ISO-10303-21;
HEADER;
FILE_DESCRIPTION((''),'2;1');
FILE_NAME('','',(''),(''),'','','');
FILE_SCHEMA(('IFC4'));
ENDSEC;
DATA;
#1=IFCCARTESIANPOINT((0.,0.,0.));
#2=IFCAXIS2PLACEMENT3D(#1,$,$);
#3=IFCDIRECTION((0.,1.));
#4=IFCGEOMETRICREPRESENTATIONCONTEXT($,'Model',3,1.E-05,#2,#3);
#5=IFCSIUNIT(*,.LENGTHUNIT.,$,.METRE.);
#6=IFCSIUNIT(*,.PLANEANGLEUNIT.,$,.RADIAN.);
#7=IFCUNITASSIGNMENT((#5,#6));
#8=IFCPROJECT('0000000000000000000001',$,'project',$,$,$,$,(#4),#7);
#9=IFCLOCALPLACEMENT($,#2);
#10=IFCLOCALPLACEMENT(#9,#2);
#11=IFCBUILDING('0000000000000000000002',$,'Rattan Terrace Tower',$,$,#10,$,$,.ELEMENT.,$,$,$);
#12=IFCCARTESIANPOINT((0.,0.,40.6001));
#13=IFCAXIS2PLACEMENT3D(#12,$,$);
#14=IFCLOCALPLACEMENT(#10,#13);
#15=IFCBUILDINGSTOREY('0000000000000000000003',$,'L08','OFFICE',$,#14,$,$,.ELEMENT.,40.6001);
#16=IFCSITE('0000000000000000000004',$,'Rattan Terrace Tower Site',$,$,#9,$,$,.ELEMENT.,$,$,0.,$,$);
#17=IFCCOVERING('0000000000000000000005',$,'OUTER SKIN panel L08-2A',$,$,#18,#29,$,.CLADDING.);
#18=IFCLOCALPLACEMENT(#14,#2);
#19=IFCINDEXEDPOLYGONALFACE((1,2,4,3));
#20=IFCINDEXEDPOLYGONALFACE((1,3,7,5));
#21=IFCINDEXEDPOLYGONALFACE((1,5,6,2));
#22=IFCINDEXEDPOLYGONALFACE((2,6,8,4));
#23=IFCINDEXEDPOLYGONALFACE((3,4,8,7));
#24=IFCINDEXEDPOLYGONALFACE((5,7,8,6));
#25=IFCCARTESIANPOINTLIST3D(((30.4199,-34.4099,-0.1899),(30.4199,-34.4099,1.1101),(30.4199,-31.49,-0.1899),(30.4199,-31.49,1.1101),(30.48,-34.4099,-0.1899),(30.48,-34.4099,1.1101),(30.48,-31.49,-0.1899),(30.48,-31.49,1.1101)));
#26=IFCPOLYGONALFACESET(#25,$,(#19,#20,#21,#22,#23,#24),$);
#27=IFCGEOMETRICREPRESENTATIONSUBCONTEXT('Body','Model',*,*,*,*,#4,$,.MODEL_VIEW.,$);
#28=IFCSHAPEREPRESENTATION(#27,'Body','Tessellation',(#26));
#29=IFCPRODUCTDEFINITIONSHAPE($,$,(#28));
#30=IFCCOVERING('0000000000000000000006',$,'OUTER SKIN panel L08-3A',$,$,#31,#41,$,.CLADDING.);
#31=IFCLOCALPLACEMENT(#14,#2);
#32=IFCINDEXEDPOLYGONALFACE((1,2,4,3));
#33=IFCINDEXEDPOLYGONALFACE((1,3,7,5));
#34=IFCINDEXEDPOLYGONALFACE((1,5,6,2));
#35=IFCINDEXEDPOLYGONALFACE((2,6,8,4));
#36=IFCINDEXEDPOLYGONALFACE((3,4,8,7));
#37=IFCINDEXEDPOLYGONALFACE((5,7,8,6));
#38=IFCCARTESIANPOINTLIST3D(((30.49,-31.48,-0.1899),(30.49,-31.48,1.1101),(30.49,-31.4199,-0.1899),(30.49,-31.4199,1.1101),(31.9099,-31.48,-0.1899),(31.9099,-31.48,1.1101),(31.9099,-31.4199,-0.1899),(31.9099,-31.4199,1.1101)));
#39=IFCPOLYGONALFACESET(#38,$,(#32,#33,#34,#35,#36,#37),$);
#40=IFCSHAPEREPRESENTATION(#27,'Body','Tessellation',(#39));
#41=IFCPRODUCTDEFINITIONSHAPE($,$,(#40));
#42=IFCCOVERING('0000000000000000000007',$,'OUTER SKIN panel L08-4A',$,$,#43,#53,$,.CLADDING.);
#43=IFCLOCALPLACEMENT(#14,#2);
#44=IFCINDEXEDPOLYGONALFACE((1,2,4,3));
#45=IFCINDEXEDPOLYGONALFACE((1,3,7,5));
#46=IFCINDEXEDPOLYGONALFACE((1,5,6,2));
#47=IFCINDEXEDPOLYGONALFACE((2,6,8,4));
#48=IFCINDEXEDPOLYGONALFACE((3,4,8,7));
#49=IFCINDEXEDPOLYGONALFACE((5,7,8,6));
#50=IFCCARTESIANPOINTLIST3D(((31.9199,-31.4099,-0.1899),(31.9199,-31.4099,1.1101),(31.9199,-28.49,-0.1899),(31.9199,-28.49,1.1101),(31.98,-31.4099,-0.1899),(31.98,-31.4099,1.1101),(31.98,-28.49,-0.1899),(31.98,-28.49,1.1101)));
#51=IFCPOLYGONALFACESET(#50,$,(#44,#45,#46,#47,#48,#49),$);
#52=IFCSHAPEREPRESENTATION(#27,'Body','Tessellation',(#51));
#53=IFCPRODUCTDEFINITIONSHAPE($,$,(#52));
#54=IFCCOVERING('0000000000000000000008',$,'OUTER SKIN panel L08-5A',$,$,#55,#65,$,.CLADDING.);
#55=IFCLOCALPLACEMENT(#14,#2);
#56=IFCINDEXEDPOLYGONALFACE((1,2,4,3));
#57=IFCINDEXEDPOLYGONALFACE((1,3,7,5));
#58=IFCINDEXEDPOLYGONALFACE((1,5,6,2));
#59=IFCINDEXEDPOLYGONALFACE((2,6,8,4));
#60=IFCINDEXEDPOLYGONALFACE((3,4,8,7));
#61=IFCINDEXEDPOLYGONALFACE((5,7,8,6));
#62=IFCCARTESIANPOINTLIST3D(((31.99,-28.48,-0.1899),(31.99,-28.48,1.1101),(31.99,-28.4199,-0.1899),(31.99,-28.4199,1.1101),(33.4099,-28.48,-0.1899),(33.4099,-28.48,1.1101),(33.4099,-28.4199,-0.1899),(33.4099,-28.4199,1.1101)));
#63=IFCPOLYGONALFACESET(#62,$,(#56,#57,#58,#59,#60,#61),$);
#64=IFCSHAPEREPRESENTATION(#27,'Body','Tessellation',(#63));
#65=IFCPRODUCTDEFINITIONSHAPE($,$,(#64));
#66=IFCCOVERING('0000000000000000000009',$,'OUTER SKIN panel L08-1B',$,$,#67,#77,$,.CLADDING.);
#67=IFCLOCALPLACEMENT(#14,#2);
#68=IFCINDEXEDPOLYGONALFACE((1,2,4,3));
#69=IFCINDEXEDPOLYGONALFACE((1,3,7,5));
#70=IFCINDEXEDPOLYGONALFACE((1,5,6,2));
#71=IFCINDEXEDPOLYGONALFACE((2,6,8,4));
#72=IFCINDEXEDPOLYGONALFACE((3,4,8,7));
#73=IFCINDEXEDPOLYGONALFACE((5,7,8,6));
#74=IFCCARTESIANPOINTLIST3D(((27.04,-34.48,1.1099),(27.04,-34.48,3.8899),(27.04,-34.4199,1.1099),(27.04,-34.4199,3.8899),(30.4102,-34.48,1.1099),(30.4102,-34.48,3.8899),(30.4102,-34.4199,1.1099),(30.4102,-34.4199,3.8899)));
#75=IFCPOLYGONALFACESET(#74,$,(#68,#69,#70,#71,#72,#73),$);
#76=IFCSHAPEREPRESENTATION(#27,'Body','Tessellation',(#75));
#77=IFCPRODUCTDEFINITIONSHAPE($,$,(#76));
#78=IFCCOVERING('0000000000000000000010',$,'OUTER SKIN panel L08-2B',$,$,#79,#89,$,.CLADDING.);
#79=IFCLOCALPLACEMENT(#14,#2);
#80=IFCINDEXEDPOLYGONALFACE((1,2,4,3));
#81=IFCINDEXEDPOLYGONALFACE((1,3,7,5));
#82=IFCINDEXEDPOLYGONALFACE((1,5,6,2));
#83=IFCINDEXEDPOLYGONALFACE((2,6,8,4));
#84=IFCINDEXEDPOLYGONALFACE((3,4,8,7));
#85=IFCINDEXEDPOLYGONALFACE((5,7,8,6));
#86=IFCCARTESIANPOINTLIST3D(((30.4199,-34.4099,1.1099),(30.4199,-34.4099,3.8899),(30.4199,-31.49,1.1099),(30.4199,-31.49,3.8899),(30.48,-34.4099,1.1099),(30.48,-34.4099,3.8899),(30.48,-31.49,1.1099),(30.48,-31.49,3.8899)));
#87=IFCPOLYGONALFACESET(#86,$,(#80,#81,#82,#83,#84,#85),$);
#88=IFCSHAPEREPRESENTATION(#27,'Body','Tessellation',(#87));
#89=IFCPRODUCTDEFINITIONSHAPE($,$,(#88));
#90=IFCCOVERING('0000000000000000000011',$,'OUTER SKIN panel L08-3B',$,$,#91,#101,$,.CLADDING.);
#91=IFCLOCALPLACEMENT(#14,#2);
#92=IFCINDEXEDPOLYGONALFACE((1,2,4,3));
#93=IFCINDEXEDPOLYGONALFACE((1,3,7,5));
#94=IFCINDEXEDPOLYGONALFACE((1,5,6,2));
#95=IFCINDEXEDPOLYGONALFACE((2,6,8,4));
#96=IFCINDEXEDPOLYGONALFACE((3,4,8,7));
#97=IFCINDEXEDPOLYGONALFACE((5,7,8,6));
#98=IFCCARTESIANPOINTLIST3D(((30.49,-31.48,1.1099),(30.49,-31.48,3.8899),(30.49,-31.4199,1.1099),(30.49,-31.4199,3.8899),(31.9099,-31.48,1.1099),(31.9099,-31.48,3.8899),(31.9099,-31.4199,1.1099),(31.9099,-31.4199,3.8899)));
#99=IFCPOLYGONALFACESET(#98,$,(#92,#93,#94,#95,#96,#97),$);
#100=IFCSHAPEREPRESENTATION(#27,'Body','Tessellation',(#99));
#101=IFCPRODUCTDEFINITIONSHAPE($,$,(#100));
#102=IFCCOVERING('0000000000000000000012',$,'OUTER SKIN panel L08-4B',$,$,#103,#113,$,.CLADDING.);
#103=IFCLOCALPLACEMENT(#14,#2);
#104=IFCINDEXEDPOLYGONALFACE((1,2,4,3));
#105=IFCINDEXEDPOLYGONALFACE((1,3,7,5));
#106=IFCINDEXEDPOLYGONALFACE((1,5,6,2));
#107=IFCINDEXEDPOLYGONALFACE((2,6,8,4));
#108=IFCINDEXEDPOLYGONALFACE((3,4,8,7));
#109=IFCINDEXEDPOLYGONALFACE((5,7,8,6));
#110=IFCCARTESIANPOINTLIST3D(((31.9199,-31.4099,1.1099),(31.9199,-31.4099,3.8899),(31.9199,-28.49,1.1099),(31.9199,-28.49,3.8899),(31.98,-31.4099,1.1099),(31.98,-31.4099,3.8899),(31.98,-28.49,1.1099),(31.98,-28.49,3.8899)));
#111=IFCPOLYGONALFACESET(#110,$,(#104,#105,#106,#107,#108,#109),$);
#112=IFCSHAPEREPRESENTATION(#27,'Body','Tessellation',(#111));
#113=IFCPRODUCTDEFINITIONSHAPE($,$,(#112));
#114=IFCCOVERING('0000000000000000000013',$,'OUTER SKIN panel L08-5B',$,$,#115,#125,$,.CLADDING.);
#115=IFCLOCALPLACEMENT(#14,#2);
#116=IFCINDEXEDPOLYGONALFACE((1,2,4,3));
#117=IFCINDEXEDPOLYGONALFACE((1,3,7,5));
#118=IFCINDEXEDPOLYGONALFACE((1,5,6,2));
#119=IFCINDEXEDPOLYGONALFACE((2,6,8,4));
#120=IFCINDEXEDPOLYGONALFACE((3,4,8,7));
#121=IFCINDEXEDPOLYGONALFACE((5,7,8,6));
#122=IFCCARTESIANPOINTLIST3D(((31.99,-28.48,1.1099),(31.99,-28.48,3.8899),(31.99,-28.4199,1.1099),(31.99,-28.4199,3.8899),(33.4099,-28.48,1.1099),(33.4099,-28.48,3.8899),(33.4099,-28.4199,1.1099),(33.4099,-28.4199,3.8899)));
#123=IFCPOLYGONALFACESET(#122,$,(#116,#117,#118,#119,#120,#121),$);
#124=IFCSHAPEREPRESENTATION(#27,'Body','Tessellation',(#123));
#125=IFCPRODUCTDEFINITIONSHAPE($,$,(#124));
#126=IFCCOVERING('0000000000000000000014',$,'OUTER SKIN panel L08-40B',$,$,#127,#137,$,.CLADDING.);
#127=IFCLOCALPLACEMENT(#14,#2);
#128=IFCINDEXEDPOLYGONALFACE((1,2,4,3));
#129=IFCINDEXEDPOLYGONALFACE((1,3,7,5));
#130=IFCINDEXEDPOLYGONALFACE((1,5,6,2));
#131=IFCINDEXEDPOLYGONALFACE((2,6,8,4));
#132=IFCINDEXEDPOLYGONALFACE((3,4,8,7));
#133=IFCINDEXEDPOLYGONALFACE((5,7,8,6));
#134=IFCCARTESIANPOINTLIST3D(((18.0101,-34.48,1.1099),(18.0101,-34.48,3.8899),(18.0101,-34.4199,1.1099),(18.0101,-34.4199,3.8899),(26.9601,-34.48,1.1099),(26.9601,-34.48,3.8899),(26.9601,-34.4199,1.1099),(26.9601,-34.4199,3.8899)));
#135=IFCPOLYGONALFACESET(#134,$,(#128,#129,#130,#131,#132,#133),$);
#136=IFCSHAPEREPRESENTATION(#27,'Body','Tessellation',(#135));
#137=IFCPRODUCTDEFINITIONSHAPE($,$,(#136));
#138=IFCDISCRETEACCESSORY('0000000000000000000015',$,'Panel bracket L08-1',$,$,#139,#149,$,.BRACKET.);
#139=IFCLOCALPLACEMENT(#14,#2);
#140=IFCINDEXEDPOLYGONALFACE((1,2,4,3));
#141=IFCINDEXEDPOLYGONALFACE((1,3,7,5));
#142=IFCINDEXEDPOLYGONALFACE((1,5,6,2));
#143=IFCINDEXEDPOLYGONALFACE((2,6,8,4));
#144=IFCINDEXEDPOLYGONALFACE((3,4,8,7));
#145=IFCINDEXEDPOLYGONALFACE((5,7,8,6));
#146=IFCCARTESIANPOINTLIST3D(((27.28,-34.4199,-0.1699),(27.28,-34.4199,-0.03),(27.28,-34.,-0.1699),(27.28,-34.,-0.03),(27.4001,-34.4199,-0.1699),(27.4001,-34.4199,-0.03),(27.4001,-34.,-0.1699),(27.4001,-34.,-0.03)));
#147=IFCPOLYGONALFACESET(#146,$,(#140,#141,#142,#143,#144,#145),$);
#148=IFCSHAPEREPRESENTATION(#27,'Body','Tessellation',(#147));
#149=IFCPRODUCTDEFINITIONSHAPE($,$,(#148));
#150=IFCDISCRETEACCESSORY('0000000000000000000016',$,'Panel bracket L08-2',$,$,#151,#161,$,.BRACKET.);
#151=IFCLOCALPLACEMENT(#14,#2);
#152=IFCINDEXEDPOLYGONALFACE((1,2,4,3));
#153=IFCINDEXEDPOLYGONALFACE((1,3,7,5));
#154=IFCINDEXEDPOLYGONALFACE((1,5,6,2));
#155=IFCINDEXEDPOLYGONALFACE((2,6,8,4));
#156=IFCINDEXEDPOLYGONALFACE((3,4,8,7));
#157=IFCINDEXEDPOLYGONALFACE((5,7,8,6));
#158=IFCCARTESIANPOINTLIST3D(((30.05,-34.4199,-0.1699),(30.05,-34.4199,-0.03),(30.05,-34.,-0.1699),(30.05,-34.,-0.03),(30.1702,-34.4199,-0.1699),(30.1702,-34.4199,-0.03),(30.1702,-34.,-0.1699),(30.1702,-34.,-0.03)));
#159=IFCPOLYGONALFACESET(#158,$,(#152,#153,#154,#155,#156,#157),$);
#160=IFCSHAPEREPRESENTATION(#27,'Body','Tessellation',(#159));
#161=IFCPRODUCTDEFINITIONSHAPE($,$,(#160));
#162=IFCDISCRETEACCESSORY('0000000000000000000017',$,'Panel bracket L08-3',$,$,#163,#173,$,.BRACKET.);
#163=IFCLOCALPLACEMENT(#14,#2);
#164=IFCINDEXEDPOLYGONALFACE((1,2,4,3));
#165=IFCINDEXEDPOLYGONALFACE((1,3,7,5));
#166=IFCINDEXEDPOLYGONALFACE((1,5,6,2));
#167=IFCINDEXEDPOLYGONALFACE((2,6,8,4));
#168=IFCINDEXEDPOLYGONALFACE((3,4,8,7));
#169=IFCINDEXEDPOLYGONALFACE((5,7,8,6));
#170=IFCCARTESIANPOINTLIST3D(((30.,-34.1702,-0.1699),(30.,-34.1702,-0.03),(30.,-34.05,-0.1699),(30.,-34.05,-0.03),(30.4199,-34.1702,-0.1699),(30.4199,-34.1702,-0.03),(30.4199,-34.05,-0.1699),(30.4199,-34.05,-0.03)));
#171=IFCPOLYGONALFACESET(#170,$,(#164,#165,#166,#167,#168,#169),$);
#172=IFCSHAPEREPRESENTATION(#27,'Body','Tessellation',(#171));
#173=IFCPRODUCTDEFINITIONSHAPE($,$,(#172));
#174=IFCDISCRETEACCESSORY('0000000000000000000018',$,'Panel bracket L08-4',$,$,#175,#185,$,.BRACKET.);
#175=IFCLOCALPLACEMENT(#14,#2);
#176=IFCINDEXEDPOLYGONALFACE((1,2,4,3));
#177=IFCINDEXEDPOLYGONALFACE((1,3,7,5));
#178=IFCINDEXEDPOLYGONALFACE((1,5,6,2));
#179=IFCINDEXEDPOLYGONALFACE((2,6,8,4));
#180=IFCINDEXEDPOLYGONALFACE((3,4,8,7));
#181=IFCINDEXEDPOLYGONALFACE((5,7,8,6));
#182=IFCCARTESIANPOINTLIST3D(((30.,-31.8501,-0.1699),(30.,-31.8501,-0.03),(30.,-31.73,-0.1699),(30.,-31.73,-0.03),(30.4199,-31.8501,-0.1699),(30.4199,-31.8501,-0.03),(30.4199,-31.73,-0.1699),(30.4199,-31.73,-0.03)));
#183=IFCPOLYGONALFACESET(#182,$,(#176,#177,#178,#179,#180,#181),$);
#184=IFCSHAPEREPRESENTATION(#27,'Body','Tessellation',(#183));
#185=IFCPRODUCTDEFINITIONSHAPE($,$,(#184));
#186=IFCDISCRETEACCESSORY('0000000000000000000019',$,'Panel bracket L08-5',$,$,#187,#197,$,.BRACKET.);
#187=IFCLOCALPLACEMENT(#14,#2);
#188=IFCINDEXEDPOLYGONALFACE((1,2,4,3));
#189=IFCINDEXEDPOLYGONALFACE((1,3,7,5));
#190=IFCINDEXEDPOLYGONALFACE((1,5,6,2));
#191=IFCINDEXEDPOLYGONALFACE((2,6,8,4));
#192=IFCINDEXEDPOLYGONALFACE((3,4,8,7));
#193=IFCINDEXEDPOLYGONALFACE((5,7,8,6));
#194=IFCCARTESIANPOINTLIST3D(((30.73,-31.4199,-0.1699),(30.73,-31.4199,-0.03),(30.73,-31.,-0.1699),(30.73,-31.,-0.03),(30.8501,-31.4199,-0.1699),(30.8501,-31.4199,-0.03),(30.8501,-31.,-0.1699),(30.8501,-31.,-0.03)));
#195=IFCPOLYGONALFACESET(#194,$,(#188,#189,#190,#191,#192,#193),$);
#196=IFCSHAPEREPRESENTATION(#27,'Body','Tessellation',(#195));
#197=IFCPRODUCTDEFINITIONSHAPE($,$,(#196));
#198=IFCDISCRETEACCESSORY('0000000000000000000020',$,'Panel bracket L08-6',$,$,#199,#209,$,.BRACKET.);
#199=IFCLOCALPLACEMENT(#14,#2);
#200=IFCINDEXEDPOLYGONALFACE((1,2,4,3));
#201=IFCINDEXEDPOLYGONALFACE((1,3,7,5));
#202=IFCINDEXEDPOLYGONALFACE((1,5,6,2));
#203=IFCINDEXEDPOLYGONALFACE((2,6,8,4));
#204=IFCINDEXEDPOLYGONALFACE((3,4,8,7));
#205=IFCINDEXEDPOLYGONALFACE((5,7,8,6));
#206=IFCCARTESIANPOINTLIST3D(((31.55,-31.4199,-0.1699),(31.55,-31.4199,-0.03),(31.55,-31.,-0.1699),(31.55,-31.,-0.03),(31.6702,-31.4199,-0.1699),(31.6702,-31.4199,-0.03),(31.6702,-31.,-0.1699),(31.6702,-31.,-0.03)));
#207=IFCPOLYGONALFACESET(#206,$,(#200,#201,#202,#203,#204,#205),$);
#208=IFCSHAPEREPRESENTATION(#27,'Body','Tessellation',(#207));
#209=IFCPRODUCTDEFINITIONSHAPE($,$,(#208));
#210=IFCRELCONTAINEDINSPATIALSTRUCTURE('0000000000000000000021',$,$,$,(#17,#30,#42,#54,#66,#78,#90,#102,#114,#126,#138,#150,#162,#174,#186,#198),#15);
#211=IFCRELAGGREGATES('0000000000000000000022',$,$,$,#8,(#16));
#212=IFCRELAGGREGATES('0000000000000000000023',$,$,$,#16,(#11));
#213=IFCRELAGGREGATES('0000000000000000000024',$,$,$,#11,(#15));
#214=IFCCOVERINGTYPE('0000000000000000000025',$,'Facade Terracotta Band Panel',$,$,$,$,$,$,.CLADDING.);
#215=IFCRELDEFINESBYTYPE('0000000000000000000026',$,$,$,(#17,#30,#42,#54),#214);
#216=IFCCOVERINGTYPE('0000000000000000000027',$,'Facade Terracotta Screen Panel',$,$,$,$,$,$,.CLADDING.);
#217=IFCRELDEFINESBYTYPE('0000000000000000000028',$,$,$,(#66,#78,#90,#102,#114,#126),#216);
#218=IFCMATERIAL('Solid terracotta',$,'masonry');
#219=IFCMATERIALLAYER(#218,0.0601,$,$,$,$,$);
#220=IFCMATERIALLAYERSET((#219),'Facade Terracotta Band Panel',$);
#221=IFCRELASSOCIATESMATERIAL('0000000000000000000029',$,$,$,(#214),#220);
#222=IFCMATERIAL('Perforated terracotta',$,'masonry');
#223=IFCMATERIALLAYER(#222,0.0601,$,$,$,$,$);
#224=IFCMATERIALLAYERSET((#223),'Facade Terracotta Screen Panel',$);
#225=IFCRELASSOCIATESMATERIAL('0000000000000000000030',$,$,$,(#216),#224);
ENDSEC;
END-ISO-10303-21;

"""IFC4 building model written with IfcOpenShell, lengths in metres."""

from ifc_helpers import new_model, si_unit, direction, frame, origin, origin_2d, place, context, subcontext, project, spatial, rectangle, extrude, material, layer, layer_set, type_object, element, save


model = new_model("IFC4")

# Units and contexts
model_context = context("Model", 3, precision=1e-05, world=origin(), true_north=direction((0.0, 1.0)))
body_context = subcontext(model_context, "Body", "Model", "MODEL_VIEW")
ifc_project = project(units=[si_unit("LENGTHUNIT", "METRE"), si_unit("PLANEANGLEUNIT", "RADIAN")], contexts=[model_context])

# Site, building, storey
site_placement = place(None, origin())
site = spatial("IfcSite", under=ifc_project, at=site_placement, Name="Rattan Terrace Tower Site", CompositionType="ELEMENT", RefElevation=0.0)
building_placement = place(site_placement, origin())
building = spatial("IfcBuilding", under=site, at=building_placement, Name="Rattan Terrace Tower", CompositionType="ELEMENT")
storey_placement = place(building_placement, frame((0.0, 0.0, 40.6001)))
storey = spatial("IfcBuildingStorey", under=building, at=storey_placement, Name="L08", Description="OFFICE", CompositionType="ELEMENT", Elevation=40.6001)

# Coverings
ifc_material_1 = material(Name="Solid terracotta", Category="masonry")
ifc_layer_1 = layer(ifc_material_1, 0.0601)
ifc_layer_set_1 = layer_set([ifc_layer_1], Name="Facade Terracotta Band Panel")
covering_type_1 = type_object("IfcCoveringType", Name="Facade Terracotta Band Panel", PredefinedType="CLADDING", material=ifc_layer_set_1)
covering_1_placement = place(storey_placement, frame((30.45, -32.95, -0.1899), z_axis=(0.0, 0.0, 1.0), x_axis=(0.0, 1.0, 0.0)))
element("IfcCovering", 1, at=covering_1_placement, inside=storey, type_object=covering_type_1, Name="OUTER SKIN panel L08-2A", PredefinedType="CLADDING", context=body_context, shape_type="SweptSolid", body=[
    extrude(rectangle(XDim=2.9199, YDim=0.0601, at=origin_2d()), origin(), (0.0, 0.0, 1.0), 1.3),
])
covering_2_placement = place(storey_placement, frame((31.2, -31.45, -0.1899), z_axis=(0.0, 0.0, 1.0), x_axis=(1.0, 0.0, 0.0)))
element("IfcCovering", 2, at=covering_2_placement, inside=storey, type_object=covering_type_1, Name="OUTER SKIN panel L08-3A", PredefinedType="CLADDING", context=body_context, shape_type="SweptSolid", body=[
    extrude(rectangle(XDim=1.4199, YDim=0.0601, at=origin_2d()), origin(), (0.0, 0.0, 1.0), 1.3),
])
covering_3_placement = place(storey_placement, frame((31.95, -29.95, -0.1899), z_axis=(0.0, 0.0, 1.0), x_axis=(0.0, 1.0, 0.0)))
element("IfcCovering", 3, at=covering_3_placement, inside=storey, type_object=covering_type_1, Name="OUTER SKIN panel L08-4A", PredefinedType="CLADDING", context=body_context, shape_type="SweptSolid", body=[
    extrude(rectangle(XDim=2.9199, YDim=0.0601, at=origin_2d()), origin(), (0.0, 0.0, 1.0), 1.3),
])
covering_4_placement = place(storey_placement, frame((32.7, -28.45, -0.1899), z_axis=(0.0, 0.0, 1.0), x_axis=(1.0, 0.0, 0.0)))
element("IfcCovering", 4, at=covering_4_placement, inside=storey, type_object=covering_type_1, Name="OUTER SKIN panel L08-5A", PredefinedType="CLADDING", context=body_context, shape_type="SweptSolid", body=[
    extrude(rectangle(XDim=1.4199, YDim=0.0601, at=origin_2d()), origin(), (0.0, 0.0, 1.0), 1.3),
])
ifc_material_2 = material(Name="Perforated terracotta", Category="masonry")
ifc_layer_2 = layer(ifc_material_2, 0.0601)
ifc_layer_set_2 = layer_set([ifc_layer_2], Name="Facade Terracotta Screen Panel")
covering_type_2 = type_object("IfcCoveringType", Name="Facade Terracotta Screen Panel", PredefinedType="CLADDING", material=ifc_layer_set_2)
covering_5_placement = place(storey_placement, frame((28.7251, -34.45, 1.1099), z_axis=(0.0, 0.0, 1.0), x_axis=(1.0, 0.0, 0.0)))
element("IfcCovering", 5, at=covering_5_placement, inside=storey, type_object=covering_type_2, Name="OUTER SKIN panel L08-1B", PredefinedType="CLADDING", context=body_context, shape_type="SweptSolid", body=[
    extrude(rectangle(XDim=3.3701, YDim=0.0601, at=origin_2d()), origin(), (0.0, 0.0, 1.0), 2.78),
])
covering_6_placement = place(storey_placement, frame((30.45, -32.95, 1.1099), z_axis=(0.0, 0.0, 1.0), x_axis=(0.0, 1.0, 0.0)))
element("IfcCovering", 6, at=covering_6_placement, inside=storey, type_object=covering_type_2, Name="OUTER SKIN panel L08-2B", PredefinedType="CLADDING", context=body_context, shape_type="SweptSolid", body=[
    extrude(rectangle(XDim=2.9199, YDim=0.0601, at=origin_2d()), origin(), (0.0, 0.0, 1.0), 2.78),
])
covering_7_placement = place(storey_placement, frame((31.2, -31.45, 1.1099), z_axis=(0.0, 0.0, 1.0), x_axis=(1.0, 0.0, 0.0)))
element("IfcCovering", 7, at=covering_7_placement, inside=storey, type_object=covering_type_2, Name="OUTER SKIN panel L08-3B", PredefinedType="CLADDING", context=body_context, shape_type="SweptSolid", body=[
    extrude(rectangle(XDim=1.4199, YDim=0.0601, at=origin_2d()), origin(), (0.0, 0.0, 1.0), 2.78),
])
covering_8_placement = place(storey_placement, frame((31.95, -29.95, 1.1099), z_axis=(0.0, 0.0, 1.0), x_axis=(0.0, 1.0, 0.0)))
element("IfcCovering", 8, at=covering_8_placement, inside=storey, type_object=covering_type_2, Name="OUTER SKIN panel L08-4B", PredefinedType="CLADDING", context=body_context, shape_type="SweptSolid", body=[
    extrude(rectangle(XDim=2.9199, YDim=0.0601, at=origin_2d()), origin(), (0.0, 0.0, 1.0), 2.78),
])
covering_9_placement = place(storey_placement, frame((32.7, -28.45, 1.1099), z_axis=(0.0, 0.0, 1.0), x_axis=(1.0, 0.0, 0.0)))
element("IfcCovering", 9, at=covering_9_placement, inside=storey, type_object=covering_type_2, Name="OUTER SKIN panel L08-5B", PredefinedType="CLADDING", context=body_context, shape_type="SweptSolid", body=[
    extrude(rectangle(XDim=1.4199, YDim=0.0601, at=origin_2d()), origin(), (0.0, 0.0, 1.0), 2.78),
])
covering_10_placement = place(storey_placement, frame((22.4851, -34.45, 1.1099), z_axis=(0.0, 0.0, 1.0), x_axis=(1.0, 0.0, 0.0)))
element("IfcCovering", 10, at=covering_10_placement, inside=storey, type_object=covering_type_2, Name="OUTER SKIN panel L08-40B", PredefinedType="CLADDING", context=body_context, shape_type="SweptSolid", body=[
    extrude(rectangle(XDim=8.95, YDim=0.0601, at=origin_2d()), origin(), (0.0, 0.0, 1.0), 2.78),
])

# Discrete accessories
for number, where, z_axis, x_axis, name in (
    (11, (27.3401, -34.21, -0.1699), (0.0, 0.0, 1.0), (1.0, 0.0, 0.0), "Panel bracket L08-1"),
    (12, (30.1101, -34.21, -0.1699), (0.0, 0.0, 1.0), (1.0, 0.0, 0.0), "Panel bracket L08-2"),
    (13, (30.21, -34.1101, -0.1699), (0.0, 0.0, 1.0), (0.0, 1.0, 0.0), "Panel bracket L08-3"),
    (14, (30.21, -31.79, -0.1699), (0.0, 0.0, 1.0), (0.0, 1.0, 0.0), "Panel bracket L08-4"),
    (15, (30.79, -31.21, -0.1699), (0.0, 0.0, 1.0), (1.0, 0.0, 0.0), "Panel bracket L08-5"),
    (16, (31.6101, -31.21, -0.1699), (0.0, 0.0, 1.0), (1.0, 0.0, 0.0), "Panel bracket L08-6"),
):
    element("IfcDiscreteAccessory", number, at=place(storey_placement, frame(where, z_axis=z_axis, x_axis=x_axis)), inside=storey, Name=name, PredefinedType="BRACKET", context=body_context, shape_type="SweptSolid", body=[
        extrude(rectangle(XDim=0.1201, YDim=0.4199, at=origin_2d()), origin(), (0.0, 0.0, 1.0), 0.1399),
    ])

save(model, "model.ifc")
